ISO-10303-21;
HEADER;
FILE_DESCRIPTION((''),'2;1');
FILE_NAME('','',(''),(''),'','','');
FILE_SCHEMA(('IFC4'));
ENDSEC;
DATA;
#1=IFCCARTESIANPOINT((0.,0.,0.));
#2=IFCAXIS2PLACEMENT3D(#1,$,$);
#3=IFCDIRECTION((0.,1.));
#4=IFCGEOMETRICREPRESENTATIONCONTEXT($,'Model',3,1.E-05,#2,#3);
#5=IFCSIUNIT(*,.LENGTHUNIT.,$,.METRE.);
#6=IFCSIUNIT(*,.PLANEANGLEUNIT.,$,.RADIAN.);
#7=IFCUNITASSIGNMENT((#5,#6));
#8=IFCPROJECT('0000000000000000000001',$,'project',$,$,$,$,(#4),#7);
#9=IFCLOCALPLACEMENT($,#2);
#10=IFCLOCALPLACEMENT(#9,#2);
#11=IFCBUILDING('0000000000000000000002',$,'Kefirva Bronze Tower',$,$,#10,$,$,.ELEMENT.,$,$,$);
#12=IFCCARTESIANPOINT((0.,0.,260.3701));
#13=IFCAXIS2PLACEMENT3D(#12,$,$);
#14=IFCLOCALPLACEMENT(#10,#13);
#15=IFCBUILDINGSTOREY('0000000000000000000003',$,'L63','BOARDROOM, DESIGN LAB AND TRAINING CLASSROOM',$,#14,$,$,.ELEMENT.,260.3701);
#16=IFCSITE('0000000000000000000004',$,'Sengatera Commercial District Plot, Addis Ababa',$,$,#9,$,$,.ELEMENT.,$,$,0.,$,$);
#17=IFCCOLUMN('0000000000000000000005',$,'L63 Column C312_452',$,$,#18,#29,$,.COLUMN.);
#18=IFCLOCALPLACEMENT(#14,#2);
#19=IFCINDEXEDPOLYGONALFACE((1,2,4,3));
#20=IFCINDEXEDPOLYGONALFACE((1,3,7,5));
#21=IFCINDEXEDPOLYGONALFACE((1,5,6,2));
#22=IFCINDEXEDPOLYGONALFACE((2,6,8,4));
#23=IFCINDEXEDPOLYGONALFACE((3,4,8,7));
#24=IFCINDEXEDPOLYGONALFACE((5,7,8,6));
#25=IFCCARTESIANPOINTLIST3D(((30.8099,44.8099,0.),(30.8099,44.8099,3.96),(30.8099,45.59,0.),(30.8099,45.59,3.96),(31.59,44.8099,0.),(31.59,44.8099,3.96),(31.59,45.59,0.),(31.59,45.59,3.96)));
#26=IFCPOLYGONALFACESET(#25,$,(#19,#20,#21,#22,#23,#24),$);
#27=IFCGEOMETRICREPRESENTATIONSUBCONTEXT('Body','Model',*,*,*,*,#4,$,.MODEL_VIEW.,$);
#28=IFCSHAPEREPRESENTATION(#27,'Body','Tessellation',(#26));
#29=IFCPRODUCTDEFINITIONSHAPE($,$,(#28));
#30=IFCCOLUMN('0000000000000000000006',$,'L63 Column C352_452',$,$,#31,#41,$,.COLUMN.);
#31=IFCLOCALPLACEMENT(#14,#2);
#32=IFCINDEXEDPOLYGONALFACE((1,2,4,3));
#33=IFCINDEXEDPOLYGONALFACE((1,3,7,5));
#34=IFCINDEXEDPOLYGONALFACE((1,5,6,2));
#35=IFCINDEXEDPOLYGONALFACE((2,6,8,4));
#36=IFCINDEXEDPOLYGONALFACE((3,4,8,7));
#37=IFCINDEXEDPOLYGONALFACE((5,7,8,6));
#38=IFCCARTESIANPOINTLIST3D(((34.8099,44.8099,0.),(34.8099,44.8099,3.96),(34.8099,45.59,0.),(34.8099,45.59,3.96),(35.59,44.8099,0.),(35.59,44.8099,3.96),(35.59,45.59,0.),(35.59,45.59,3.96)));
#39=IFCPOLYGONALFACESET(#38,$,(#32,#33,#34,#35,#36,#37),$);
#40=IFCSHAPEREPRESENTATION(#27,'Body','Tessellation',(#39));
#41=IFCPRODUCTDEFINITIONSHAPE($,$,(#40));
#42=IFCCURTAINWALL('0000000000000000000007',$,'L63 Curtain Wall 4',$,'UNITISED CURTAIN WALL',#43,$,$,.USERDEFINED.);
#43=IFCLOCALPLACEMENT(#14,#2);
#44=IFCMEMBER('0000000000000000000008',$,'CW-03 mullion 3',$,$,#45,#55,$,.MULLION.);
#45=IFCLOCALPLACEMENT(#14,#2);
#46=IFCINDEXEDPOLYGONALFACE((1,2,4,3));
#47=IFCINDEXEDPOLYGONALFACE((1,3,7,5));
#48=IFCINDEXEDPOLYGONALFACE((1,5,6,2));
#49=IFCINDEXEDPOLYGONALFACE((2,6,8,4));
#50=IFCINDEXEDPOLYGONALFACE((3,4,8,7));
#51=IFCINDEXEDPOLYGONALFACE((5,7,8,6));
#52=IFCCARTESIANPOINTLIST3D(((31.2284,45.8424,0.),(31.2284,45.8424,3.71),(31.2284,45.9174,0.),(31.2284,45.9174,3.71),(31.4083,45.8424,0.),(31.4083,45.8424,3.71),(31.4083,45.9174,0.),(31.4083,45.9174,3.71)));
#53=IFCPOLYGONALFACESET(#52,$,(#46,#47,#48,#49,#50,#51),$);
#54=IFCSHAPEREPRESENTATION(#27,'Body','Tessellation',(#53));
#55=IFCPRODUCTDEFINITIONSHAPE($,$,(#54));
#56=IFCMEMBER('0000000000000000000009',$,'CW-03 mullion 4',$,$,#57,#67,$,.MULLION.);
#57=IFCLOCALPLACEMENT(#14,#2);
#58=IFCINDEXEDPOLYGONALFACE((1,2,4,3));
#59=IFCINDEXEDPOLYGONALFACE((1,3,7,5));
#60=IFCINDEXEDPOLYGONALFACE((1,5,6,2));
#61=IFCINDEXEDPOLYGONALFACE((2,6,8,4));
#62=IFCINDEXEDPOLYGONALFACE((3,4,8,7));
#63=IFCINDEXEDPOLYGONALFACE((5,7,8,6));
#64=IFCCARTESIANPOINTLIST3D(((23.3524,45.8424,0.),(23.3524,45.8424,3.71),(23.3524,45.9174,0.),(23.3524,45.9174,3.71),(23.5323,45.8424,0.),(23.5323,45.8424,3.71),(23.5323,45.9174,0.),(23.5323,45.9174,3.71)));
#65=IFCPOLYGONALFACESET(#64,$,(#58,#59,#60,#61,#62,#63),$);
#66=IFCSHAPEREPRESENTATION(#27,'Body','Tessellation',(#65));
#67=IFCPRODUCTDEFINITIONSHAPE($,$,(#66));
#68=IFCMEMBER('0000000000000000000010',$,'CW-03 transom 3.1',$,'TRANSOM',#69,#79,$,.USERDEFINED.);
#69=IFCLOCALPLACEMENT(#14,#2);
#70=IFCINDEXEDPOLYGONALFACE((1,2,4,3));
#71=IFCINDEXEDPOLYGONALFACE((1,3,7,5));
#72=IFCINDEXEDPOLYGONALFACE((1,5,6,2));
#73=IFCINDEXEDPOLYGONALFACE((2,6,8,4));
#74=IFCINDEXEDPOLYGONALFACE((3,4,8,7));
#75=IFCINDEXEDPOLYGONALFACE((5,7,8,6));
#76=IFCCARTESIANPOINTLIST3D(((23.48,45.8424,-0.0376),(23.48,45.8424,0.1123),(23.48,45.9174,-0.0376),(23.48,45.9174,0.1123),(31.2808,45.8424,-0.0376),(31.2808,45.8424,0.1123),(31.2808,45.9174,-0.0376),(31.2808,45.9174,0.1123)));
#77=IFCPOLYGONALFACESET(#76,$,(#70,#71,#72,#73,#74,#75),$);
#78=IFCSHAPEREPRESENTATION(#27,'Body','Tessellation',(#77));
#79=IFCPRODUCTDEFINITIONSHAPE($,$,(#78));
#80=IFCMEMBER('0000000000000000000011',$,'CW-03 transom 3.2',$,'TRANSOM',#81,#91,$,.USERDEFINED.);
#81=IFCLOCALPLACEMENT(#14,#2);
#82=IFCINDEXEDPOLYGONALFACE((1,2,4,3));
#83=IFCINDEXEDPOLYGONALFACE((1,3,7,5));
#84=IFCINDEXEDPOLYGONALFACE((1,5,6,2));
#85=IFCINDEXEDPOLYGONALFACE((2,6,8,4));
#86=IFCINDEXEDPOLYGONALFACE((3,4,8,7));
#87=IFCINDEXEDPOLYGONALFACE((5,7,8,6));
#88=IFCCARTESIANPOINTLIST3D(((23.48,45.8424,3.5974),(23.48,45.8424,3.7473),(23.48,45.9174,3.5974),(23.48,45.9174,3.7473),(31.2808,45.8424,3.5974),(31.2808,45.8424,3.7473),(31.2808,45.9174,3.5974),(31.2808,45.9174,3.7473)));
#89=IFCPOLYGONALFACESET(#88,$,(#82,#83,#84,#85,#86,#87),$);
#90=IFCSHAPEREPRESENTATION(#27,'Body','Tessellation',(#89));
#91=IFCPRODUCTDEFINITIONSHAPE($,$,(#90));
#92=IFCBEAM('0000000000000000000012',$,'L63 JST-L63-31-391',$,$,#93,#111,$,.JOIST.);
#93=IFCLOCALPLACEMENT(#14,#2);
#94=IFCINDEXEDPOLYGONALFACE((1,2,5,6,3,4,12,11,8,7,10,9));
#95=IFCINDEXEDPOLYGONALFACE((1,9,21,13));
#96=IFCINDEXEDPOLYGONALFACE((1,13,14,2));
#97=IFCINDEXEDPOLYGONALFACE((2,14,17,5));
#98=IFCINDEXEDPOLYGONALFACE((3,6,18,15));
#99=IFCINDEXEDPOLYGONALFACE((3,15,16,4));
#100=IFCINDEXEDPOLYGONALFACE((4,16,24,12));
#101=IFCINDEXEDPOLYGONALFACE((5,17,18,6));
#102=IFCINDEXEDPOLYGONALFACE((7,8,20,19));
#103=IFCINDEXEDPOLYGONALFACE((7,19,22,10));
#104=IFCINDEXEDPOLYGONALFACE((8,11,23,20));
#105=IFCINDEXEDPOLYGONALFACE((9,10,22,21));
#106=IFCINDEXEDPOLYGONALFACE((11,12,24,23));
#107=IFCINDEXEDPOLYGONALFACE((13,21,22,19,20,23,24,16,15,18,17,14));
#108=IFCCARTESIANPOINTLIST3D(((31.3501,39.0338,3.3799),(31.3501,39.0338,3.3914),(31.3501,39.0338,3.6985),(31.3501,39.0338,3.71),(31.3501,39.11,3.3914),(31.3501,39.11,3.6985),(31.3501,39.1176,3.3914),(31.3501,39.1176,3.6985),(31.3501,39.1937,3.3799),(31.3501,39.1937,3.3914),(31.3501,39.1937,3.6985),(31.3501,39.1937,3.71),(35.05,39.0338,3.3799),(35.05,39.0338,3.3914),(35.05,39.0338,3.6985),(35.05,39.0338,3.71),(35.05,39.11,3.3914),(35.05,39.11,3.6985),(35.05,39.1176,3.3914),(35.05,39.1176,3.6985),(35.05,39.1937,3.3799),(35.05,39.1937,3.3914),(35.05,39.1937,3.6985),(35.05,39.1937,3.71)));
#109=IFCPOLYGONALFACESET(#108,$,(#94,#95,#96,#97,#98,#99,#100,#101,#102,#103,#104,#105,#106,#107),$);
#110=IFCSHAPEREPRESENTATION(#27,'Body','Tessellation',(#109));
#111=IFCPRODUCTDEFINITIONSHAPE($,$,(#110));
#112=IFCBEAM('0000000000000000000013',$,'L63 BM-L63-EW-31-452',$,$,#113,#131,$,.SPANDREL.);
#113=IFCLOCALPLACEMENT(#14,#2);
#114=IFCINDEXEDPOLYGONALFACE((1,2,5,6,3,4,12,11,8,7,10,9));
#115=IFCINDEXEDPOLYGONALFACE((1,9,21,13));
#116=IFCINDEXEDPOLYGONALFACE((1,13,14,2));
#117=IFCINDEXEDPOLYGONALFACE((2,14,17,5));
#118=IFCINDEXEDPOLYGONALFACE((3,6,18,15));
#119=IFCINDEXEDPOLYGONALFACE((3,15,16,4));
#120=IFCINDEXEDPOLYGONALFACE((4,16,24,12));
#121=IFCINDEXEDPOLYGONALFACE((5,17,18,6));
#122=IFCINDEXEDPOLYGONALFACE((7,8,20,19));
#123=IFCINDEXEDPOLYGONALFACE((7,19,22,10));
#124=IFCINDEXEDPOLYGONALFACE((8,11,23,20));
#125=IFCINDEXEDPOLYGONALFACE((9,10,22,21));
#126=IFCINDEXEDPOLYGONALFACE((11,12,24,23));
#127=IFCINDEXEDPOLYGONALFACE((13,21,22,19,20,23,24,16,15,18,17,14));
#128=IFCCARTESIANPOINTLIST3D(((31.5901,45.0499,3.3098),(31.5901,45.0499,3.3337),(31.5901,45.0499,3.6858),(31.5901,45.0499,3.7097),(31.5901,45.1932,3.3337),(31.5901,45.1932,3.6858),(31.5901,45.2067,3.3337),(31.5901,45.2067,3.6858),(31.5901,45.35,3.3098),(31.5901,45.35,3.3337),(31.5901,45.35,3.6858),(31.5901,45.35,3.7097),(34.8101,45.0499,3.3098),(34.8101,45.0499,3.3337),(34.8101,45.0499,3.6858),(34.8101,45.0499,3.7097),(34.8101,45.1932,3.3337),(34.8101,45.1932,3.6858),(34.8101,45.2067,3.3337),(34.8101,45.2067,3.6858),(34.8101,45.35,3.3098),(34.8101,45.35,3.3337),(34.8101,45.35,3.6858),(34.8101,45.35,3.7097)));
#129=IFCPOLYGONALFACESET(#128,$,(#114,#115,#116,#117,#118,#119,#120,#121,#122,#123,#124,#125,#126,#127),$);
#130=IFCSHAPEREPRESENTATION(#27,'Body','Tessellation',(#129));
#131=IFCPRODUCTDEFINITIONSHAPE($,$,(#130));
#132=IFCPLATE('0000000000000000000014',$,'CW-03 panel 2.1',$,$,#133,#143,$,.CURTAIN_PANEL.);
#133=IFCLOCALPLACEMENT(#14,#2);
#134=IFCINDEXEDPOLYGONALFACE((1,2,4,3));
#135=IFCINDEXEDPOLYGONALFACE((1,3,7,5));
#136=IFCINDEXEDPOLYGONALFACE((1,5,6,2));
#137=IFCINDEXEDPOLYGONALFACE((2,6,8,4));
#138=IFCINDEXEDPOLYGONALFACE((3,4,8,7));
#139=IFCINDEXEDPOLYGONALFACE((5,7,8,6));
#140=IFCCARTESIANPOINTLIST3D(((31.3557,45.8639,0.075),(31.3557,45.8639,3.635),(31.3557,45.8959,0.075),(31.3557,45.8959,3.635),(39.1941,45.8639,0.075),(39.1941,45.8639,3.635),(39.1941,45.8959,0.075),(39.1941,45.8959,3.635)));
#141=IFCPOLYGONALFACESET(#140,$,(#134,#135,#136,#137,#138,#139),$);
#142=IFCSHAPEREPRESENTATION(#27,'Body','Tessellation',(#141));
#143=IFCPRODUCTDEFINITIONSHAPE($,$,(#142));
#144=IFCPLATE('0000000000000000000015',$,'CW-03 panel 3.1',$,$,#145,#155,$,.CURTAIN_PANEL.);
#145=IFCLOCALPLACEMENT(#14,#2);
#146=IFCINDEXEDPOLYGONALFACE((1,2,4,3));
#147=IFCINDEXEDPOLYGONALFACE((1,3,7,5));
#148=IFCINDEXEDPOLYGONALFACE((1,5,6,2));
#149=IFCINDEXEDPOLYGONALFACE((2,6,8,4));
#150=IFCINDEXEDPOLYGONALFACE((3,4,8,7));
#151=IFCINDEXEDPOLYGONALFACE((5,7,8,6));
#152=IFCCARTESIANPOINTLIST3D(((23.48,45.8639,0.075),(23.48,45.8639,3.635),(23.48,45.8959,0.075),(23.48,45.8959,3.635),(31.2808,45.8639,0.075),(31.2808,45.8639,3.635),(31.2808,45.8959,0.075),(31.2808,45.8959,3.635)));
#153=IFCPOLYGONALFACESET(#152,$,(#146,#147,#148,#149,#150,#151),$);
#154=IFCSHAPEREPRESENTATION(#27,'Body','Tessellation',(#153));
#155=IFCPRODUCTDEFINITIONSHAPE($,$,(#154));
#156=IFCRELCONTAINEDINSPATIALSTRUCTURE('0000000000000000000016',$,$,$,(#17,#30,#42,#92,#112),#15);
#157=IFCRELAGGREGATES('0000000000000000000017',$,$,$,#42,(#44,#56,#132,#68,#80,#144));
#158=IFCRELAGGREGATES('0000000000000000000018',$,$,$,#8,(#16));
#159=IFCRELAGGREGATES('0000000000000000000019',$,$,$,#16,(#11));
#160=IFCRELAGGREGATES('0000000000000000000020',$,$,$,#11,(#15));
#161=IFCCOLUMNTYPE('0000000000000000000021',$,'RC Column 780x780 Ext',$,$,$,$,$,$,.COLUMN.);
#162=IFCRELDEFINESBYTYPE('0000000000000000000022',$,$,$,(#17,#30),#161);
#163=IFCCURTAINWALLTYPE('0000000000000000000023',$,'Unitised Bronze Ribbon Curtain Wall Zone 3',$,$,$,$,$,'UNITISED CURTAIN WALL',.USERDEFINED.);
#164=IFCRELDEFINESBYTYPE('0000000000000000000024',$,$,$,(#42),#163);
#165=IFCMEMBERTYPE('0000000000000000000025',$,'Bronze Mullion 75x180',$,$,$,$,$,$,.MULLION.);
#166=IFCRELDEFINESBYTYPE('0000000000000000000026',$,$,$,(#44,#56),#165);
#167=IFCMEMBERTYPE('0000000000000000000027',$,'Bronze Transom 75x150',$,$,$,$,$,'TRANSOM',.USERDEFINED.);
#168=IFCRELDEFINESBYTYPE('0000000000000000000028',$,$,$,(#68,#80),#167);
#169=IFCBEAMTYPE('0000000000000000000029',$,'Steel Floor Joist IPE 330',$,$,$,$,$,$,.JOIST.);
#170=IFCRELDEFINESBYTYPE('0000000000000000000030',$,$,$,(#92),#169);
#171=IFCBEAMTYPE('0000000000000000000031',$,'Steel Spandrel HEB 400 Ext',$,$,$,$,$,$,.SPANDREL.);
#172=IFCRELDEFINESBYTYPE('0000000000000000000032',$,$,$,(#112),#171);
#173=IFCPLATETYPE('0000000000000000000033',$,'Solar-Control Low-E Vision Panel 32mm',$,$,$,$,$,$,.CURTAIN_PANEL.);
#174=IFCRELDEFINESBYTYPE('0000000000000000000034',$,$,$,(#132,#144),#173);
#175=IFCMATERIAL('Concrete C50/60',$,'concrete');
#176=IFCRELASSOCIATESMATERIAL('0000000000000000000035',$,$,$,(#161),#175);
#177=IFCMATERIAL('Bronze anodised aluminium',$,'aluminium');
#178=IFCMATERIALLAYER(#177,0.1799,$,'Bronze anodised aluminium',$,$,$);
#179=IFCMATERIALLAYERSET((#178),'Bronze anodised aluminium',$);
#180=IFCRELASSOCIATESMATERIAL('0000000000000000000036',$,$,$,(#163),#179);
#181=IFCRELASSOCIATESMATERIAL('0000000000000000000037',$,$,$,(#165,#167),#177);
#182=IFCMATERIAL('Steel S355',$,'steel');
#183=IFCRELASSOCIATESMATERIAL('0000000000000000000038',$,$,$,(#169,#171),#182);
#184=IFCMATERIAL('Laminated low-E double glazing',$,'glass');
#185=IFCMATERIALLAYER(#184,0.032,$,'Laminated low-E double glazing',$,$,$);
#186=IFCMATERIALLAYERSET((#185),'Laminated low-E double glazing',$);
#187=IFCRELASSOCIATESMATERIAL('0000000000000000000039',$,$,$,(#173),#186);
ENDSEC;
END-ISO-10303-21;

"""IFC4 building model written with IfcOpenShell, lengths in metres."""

from ifc_helpers import new_model, si_unit, direction, frame, origin, origin_2d, place, context, subcontext, project, spatial, rectangle, i_section, extrude, material, layer, layer_set, material_profile, profile_set, type_object, element, aggregate, save


model = new_model("IFC4")

# Units and contexts
model_context = context("Model", 3, precision=1e-05, world=origin(), true_north=direction((0.0, 1.0)))
body_context = subcontext(model_context, "Body", "Model", "MODEL_VIEW")
ifc_project = project(units=[si_unit("LENGTHUNIT", "METRE"), si_unit("PLANEANGLEUNIT", "RADIAN")], contexts=[model_context])

# Site, building, storey
site_placement = place(None, origin())
site = spatial("IfcSite", under=ifc_project, at=site_placement, Name="Sengatera Commercial District Plot, Addis Ababa", CompositionType="ELEMENT", RefElevation=0.0)
building_placement = place(site_placement, origin())
building = spatial("IfcBuilding", under=site, at=building_placement, Name="Kefirva Bronze Tower", CompositionType="ELEMENT")
storey_placement = place(building_placement, frame((0.0, 0.0, 260.3701)))
storey = spatial("IfcBuildingStorey", under=building, at=storey_placement, Name="L63", Description="BOARDROOM, DESIGN LAB AND TRAINING CLASSROOM", CompositionType="ELEMENT", Elevation=260.3701)

# Columns
ifc_material_1 = material(Name="Concrete C50/60", Category="concrete")
ifc_material_profile_1 = material_profile(ifc_material_1, rectangle(XDim=0.78, YDim=0.78, at=origin_2d()), Name="RC 780x780")
ifc_profile_set_1 = profile_set([ifc_material_profile_1], Name="Concrete C50/60")
column_type = type_object("IfcColumnType", Name="RC Column 780x780 Ext", PredefinedType="COLUMN", material=ifc_profile_set_1)
for number, where, z_axis, x_axis, name in (
    (1, (31.2, 45.2, 0.0), (0.0, 0.0, 1.0), (1.0, 0.0, 0.0), "L63 Column C312_452"),
    (2, (35.2, 45.2, 0.0), (0.0, 0.0, 1.0), (1.0, 0.0, 0.0), "L63 Column C352_452"),
):
    element("IfcColumn", number, at=place(storey_placement, frame(where, z_axis=z_axis, x_axis=x_axis)), inside=storey, type_object=column_type, Name=name, PredefinedType="COLUMN", context=body_context, shape_type="SweptSolid", body=[
        extrude(rectangle(XDim=0.78, YDim=0.78, at=origin_2d()), origin(), (0.0, 0.0, 1.0), 3.96),
    ])

# Curtain wall, members
ifc_material_2 = material(Name="Bronze anodised aluminium", Category="aluminium")
ifc_layer_1 = layer(ifc_material_2, 0.1799, Name="Bronze anodised aluminium")
ifc_layer_set_1 = layer_set([ifc_layer_1], Name="Bronze anodised aluminium")
curtain_wall_type = type_object("IfcCurtainWallType", Name="Unitised Bronze Ribbon Curtain Wall Zone 3", ElementType="UNITISED CURTAIN WALL", PredefinedType="USERDEFINED", material=ifc_layer_set_1)
curtain_wall_placement = place(storey_placement, origin())
curtain_wall = element("IfcCurtainWall", 3, at=curtain_wall_placement, inside=storey, type_object=curtain_wall_type, Name="L63 Curtain Wall 4", ObjectType="UNITISED CURTAIN WALL", PredefinedType="USERDEFINED")
ifc_material_profile_2 = material_profile(ifc_material_2, rectangle(XDim=0.075, YDim=0.1799, at=origin_2d()), Name="ALU 75x180")
ifc_profile_set_2 = profile_set([ifc_material_profile_2], Name="Bronze anodised aluminium")
member_type_1 = type_object("IfcMemberType", Name="Bronze Mullion 75x180", PredefinedType="MULLION", material=ifc_profile_set_2)
member_1_placement = place(storey_placement, frame((31.3184, 45.8799, 0.0), z_axis=(0.0, 0.0, 1.0), x_axis=(0.0, -1.0, 0.0)))
member_1 = element("IfcMember", 4, at=member_1_placement, type_object=member_type_1, Name="CW-03 mullion 3", PredefinedType="MULLION", context=body_context, shape_type="SweptSolid", body=[
    extrude(rectangle(XDim=0.075, YDim=0.1799, at=origin_2d()), origin(), (0.0, 0.0, 1.0), 3.71),
])
member_2_placement = place(storey_placement, frame((23.4424, 45.8799, 0.0), z_axis=(0.0, 0.0, 1.0), x_axis=(0.0, -1.0, 0.0)))
member_2 = element("IfcMember", 5, at=member_2_placement, type_object=member_type_1, Name="CW-03 mullion 4", PredefinedType="MULLION", context=body_context, shape_type="SweptSolid", body=[
    extrude(rectangle(XDim=0.075, YDim=0.1799, at=origin_2d()), origin(), (0.0, 0.0, 1.0), 3.71),
])
ifc_material_profile_3 = material_profile(ifc_material_2, rectangle(XDim=0.075, YDim=0.1499, at=origin_2d()), Name="ALU 75x150")
ifc_profile_set_3 = profile_set([ifc_material_profile_3], Name="Bronze anodised aluminium")
member_type_2 = type_object("IfcMemberType", Name="Bronze Transom 75x150", ElementType="TRANSOM", PredefinedType="USERDEFINED", material=ifc_profile_set_3)
member_3_placement = place(storey_placement, frame((31.2808, 45.8799, 0.0374), z_axis=(-1.0, 0.0, 0.0), x_axis=(0.0, -1.0, 0.0)))
member_3 = element("IfcMember", 6, at=member_3_placement, type_object=member_type_2, Name="CW-03 transom 3.1", ObjectType="TRANSOM", PredefinedType="USERDEFINED", context=body_context, shape_type="SweptSolid", body=[
    extrude(rectangle(XDim=0.075, YDim=0.1499, at=origin_2d()), origin(), (0.0, 0.0, 1.0), 7.8008),
])
member_4_placement = place(storey_placement, frame((31.2808, 45.8799, 3.6724), z_axis=(-1.0, 0.0, 0.0), x_axis=(0.0, -1.0, 0.0)))
member_4 = element("IfcMember", 7, at=member_4_placement, type_object=member_type_2, Name="CW-03 transom 3.2", ObjectType="TRANSOM", PredefinedType="USERDEFINED", context=body_context, shape_type="SweptSolid", body=[
    extrude(rectangle(XDim=0.075, YDim=0.1499, at=origin_2d()), origin(), (0.0, 0.0, 1.0), 7.8008),
])

# Beams
ifc_material_3 = material(Name="Steel S355", Category="steel")
ifc_material_profile_4 = material_profile(ifc_material_3, i_section(OverallWidth=0.1599, OverallDepth=0.3301, WebThickness=0.0076, FlangeThickness=0.0115, at=origin_2d()), Name="IPE 330")
ifc_profile_set_4 = profile_set([ifc_material_profile_4], Name="Steel S355")
beam_type_1 = type_object("IfcBeamType", Name="Steel Floor Joist IPE 330", PredefinedType="JOIST", material=ifc_profile_set_4)
beam_1_placement = place(storey_placement, frame((31.3501, 39.1138, 3.5449), z_axis=(1.0, 0.0, 0.0), x_axis=(0.0, 1.0, 0.0)))
element("IfcBeam", 8, at=beam_1_placement, inside=storey, type_object=beam_type_1, Name="L63 JST-L63-31-391", PredefinedType="JOIST", context=body_context, shape_type="SweptSolid", body=[
    extrude(i_section(OverallWidth=0.1599, OverallDepth=0.3301, WebThickness=0.0076, FlangeThickness=0.0115, at=origin_2d()), origin(), (0.0, 0.0, 1.0), 3.7),
])
ifc_material_profile_5 = material_profile(ifc_material_3, i_section(OverallWidth=0.3, OverallDepth=0.3999, WebThickness=0.0134, FlangeThickness=0.0239, at=origin_2d()), Name="HEB 400")
ifc_profile_set_5 = profile_set([ifc_material_profile_5], Name="Steel S355")
beam_type_2 = type_object("IfcBeamType", Name="Steel Spandrel HEB 400 Ext", PredefinedType="SPANDREL", material=ifc_profile_set_5)
beam_2_placement = place(storey_placement, frame((31.5901, 45.2, 3.5098), z_axis=(1.0, 0.0, 0.0), x_axis=(0.0, 1.0, 0.0)))
element("IfcBeam", 9, at=beam_2_placement, inside=storey, type_object=beam_type_2, Name="L63 BM-L63-EW-31-452", PredefinedType="SPANDREL", context=body_context, shape_type="SweptSolid", body=[
    extrude(i_section(OverallWidth=0.3, OverallDepth=0.3999, WebThickness=0.0134, FlangeThickness=0.0239, at=origin_2d()), origin(), (0.0, 0.0, 1.0), 3.22),
])

# Plates
ifc_material_4 = material(Name="Laminated low-E double glazing", Category="glass")
ifc_layer_2 = layer(ifc_material_4, 0.032, Name="Laminated low-E double glazing")
ifc_layer_set_2 = layer_set([ifc_layer_2], Name="Laminated low-E double glazing")
plate_type = type_object("IfcPlateType", Name="Solar-Control Low-E Vision Panel 32mm", PredefinedType="CURTAIN_PANEL", material=ifc_layer_set_2)
plate_1_placement = place(storey_placement, frame((35.2749, 45.8799, 0.075), z_axis=(0.0, 0.0, 1.0), x_axis=(-1.0, 0.0, 0.0)))
plate_1 = element("IfcPlate", 10, at=plate_1_placement, type_object=plate_type, Name="CW-03 panel 2.1", PredefinedType="CURTAIN_PANEL", context=body_context, shape_type="SweptSolid", body=[
    extrude(rectangle(XDim=7.8384, YDim=0.032, at=origin_2d()), origin(), (0.0, 0.0, 1.0), 3.5601),
])
plate_2_placement = place(storey_placement, frame((27.3804, 45.8799, 0.075), z_axis=(0.0, 0.0, 1.0), x_axis=(-1.0, 0.0, 0.0)))
plate_2 = element("IfcPlate", 11, at=plate_2_placement, type_object=plate_type, Name="CW-03 panel 3.1", PredefinedType="CURTAIN_PANEL", context=body_context, shape_type="SweptSolid", body=[
    extrude(rectangle(XDim=7.8008, YDim=0.032, at=origin_2d()), origin(), (0.0, 0.0, 1.0), 3.5601),
])
aggregate(curtain_wall, [member_1, member_2, plate_1, member_3, member_4, plate_2])

save(model, "model.ifc")
